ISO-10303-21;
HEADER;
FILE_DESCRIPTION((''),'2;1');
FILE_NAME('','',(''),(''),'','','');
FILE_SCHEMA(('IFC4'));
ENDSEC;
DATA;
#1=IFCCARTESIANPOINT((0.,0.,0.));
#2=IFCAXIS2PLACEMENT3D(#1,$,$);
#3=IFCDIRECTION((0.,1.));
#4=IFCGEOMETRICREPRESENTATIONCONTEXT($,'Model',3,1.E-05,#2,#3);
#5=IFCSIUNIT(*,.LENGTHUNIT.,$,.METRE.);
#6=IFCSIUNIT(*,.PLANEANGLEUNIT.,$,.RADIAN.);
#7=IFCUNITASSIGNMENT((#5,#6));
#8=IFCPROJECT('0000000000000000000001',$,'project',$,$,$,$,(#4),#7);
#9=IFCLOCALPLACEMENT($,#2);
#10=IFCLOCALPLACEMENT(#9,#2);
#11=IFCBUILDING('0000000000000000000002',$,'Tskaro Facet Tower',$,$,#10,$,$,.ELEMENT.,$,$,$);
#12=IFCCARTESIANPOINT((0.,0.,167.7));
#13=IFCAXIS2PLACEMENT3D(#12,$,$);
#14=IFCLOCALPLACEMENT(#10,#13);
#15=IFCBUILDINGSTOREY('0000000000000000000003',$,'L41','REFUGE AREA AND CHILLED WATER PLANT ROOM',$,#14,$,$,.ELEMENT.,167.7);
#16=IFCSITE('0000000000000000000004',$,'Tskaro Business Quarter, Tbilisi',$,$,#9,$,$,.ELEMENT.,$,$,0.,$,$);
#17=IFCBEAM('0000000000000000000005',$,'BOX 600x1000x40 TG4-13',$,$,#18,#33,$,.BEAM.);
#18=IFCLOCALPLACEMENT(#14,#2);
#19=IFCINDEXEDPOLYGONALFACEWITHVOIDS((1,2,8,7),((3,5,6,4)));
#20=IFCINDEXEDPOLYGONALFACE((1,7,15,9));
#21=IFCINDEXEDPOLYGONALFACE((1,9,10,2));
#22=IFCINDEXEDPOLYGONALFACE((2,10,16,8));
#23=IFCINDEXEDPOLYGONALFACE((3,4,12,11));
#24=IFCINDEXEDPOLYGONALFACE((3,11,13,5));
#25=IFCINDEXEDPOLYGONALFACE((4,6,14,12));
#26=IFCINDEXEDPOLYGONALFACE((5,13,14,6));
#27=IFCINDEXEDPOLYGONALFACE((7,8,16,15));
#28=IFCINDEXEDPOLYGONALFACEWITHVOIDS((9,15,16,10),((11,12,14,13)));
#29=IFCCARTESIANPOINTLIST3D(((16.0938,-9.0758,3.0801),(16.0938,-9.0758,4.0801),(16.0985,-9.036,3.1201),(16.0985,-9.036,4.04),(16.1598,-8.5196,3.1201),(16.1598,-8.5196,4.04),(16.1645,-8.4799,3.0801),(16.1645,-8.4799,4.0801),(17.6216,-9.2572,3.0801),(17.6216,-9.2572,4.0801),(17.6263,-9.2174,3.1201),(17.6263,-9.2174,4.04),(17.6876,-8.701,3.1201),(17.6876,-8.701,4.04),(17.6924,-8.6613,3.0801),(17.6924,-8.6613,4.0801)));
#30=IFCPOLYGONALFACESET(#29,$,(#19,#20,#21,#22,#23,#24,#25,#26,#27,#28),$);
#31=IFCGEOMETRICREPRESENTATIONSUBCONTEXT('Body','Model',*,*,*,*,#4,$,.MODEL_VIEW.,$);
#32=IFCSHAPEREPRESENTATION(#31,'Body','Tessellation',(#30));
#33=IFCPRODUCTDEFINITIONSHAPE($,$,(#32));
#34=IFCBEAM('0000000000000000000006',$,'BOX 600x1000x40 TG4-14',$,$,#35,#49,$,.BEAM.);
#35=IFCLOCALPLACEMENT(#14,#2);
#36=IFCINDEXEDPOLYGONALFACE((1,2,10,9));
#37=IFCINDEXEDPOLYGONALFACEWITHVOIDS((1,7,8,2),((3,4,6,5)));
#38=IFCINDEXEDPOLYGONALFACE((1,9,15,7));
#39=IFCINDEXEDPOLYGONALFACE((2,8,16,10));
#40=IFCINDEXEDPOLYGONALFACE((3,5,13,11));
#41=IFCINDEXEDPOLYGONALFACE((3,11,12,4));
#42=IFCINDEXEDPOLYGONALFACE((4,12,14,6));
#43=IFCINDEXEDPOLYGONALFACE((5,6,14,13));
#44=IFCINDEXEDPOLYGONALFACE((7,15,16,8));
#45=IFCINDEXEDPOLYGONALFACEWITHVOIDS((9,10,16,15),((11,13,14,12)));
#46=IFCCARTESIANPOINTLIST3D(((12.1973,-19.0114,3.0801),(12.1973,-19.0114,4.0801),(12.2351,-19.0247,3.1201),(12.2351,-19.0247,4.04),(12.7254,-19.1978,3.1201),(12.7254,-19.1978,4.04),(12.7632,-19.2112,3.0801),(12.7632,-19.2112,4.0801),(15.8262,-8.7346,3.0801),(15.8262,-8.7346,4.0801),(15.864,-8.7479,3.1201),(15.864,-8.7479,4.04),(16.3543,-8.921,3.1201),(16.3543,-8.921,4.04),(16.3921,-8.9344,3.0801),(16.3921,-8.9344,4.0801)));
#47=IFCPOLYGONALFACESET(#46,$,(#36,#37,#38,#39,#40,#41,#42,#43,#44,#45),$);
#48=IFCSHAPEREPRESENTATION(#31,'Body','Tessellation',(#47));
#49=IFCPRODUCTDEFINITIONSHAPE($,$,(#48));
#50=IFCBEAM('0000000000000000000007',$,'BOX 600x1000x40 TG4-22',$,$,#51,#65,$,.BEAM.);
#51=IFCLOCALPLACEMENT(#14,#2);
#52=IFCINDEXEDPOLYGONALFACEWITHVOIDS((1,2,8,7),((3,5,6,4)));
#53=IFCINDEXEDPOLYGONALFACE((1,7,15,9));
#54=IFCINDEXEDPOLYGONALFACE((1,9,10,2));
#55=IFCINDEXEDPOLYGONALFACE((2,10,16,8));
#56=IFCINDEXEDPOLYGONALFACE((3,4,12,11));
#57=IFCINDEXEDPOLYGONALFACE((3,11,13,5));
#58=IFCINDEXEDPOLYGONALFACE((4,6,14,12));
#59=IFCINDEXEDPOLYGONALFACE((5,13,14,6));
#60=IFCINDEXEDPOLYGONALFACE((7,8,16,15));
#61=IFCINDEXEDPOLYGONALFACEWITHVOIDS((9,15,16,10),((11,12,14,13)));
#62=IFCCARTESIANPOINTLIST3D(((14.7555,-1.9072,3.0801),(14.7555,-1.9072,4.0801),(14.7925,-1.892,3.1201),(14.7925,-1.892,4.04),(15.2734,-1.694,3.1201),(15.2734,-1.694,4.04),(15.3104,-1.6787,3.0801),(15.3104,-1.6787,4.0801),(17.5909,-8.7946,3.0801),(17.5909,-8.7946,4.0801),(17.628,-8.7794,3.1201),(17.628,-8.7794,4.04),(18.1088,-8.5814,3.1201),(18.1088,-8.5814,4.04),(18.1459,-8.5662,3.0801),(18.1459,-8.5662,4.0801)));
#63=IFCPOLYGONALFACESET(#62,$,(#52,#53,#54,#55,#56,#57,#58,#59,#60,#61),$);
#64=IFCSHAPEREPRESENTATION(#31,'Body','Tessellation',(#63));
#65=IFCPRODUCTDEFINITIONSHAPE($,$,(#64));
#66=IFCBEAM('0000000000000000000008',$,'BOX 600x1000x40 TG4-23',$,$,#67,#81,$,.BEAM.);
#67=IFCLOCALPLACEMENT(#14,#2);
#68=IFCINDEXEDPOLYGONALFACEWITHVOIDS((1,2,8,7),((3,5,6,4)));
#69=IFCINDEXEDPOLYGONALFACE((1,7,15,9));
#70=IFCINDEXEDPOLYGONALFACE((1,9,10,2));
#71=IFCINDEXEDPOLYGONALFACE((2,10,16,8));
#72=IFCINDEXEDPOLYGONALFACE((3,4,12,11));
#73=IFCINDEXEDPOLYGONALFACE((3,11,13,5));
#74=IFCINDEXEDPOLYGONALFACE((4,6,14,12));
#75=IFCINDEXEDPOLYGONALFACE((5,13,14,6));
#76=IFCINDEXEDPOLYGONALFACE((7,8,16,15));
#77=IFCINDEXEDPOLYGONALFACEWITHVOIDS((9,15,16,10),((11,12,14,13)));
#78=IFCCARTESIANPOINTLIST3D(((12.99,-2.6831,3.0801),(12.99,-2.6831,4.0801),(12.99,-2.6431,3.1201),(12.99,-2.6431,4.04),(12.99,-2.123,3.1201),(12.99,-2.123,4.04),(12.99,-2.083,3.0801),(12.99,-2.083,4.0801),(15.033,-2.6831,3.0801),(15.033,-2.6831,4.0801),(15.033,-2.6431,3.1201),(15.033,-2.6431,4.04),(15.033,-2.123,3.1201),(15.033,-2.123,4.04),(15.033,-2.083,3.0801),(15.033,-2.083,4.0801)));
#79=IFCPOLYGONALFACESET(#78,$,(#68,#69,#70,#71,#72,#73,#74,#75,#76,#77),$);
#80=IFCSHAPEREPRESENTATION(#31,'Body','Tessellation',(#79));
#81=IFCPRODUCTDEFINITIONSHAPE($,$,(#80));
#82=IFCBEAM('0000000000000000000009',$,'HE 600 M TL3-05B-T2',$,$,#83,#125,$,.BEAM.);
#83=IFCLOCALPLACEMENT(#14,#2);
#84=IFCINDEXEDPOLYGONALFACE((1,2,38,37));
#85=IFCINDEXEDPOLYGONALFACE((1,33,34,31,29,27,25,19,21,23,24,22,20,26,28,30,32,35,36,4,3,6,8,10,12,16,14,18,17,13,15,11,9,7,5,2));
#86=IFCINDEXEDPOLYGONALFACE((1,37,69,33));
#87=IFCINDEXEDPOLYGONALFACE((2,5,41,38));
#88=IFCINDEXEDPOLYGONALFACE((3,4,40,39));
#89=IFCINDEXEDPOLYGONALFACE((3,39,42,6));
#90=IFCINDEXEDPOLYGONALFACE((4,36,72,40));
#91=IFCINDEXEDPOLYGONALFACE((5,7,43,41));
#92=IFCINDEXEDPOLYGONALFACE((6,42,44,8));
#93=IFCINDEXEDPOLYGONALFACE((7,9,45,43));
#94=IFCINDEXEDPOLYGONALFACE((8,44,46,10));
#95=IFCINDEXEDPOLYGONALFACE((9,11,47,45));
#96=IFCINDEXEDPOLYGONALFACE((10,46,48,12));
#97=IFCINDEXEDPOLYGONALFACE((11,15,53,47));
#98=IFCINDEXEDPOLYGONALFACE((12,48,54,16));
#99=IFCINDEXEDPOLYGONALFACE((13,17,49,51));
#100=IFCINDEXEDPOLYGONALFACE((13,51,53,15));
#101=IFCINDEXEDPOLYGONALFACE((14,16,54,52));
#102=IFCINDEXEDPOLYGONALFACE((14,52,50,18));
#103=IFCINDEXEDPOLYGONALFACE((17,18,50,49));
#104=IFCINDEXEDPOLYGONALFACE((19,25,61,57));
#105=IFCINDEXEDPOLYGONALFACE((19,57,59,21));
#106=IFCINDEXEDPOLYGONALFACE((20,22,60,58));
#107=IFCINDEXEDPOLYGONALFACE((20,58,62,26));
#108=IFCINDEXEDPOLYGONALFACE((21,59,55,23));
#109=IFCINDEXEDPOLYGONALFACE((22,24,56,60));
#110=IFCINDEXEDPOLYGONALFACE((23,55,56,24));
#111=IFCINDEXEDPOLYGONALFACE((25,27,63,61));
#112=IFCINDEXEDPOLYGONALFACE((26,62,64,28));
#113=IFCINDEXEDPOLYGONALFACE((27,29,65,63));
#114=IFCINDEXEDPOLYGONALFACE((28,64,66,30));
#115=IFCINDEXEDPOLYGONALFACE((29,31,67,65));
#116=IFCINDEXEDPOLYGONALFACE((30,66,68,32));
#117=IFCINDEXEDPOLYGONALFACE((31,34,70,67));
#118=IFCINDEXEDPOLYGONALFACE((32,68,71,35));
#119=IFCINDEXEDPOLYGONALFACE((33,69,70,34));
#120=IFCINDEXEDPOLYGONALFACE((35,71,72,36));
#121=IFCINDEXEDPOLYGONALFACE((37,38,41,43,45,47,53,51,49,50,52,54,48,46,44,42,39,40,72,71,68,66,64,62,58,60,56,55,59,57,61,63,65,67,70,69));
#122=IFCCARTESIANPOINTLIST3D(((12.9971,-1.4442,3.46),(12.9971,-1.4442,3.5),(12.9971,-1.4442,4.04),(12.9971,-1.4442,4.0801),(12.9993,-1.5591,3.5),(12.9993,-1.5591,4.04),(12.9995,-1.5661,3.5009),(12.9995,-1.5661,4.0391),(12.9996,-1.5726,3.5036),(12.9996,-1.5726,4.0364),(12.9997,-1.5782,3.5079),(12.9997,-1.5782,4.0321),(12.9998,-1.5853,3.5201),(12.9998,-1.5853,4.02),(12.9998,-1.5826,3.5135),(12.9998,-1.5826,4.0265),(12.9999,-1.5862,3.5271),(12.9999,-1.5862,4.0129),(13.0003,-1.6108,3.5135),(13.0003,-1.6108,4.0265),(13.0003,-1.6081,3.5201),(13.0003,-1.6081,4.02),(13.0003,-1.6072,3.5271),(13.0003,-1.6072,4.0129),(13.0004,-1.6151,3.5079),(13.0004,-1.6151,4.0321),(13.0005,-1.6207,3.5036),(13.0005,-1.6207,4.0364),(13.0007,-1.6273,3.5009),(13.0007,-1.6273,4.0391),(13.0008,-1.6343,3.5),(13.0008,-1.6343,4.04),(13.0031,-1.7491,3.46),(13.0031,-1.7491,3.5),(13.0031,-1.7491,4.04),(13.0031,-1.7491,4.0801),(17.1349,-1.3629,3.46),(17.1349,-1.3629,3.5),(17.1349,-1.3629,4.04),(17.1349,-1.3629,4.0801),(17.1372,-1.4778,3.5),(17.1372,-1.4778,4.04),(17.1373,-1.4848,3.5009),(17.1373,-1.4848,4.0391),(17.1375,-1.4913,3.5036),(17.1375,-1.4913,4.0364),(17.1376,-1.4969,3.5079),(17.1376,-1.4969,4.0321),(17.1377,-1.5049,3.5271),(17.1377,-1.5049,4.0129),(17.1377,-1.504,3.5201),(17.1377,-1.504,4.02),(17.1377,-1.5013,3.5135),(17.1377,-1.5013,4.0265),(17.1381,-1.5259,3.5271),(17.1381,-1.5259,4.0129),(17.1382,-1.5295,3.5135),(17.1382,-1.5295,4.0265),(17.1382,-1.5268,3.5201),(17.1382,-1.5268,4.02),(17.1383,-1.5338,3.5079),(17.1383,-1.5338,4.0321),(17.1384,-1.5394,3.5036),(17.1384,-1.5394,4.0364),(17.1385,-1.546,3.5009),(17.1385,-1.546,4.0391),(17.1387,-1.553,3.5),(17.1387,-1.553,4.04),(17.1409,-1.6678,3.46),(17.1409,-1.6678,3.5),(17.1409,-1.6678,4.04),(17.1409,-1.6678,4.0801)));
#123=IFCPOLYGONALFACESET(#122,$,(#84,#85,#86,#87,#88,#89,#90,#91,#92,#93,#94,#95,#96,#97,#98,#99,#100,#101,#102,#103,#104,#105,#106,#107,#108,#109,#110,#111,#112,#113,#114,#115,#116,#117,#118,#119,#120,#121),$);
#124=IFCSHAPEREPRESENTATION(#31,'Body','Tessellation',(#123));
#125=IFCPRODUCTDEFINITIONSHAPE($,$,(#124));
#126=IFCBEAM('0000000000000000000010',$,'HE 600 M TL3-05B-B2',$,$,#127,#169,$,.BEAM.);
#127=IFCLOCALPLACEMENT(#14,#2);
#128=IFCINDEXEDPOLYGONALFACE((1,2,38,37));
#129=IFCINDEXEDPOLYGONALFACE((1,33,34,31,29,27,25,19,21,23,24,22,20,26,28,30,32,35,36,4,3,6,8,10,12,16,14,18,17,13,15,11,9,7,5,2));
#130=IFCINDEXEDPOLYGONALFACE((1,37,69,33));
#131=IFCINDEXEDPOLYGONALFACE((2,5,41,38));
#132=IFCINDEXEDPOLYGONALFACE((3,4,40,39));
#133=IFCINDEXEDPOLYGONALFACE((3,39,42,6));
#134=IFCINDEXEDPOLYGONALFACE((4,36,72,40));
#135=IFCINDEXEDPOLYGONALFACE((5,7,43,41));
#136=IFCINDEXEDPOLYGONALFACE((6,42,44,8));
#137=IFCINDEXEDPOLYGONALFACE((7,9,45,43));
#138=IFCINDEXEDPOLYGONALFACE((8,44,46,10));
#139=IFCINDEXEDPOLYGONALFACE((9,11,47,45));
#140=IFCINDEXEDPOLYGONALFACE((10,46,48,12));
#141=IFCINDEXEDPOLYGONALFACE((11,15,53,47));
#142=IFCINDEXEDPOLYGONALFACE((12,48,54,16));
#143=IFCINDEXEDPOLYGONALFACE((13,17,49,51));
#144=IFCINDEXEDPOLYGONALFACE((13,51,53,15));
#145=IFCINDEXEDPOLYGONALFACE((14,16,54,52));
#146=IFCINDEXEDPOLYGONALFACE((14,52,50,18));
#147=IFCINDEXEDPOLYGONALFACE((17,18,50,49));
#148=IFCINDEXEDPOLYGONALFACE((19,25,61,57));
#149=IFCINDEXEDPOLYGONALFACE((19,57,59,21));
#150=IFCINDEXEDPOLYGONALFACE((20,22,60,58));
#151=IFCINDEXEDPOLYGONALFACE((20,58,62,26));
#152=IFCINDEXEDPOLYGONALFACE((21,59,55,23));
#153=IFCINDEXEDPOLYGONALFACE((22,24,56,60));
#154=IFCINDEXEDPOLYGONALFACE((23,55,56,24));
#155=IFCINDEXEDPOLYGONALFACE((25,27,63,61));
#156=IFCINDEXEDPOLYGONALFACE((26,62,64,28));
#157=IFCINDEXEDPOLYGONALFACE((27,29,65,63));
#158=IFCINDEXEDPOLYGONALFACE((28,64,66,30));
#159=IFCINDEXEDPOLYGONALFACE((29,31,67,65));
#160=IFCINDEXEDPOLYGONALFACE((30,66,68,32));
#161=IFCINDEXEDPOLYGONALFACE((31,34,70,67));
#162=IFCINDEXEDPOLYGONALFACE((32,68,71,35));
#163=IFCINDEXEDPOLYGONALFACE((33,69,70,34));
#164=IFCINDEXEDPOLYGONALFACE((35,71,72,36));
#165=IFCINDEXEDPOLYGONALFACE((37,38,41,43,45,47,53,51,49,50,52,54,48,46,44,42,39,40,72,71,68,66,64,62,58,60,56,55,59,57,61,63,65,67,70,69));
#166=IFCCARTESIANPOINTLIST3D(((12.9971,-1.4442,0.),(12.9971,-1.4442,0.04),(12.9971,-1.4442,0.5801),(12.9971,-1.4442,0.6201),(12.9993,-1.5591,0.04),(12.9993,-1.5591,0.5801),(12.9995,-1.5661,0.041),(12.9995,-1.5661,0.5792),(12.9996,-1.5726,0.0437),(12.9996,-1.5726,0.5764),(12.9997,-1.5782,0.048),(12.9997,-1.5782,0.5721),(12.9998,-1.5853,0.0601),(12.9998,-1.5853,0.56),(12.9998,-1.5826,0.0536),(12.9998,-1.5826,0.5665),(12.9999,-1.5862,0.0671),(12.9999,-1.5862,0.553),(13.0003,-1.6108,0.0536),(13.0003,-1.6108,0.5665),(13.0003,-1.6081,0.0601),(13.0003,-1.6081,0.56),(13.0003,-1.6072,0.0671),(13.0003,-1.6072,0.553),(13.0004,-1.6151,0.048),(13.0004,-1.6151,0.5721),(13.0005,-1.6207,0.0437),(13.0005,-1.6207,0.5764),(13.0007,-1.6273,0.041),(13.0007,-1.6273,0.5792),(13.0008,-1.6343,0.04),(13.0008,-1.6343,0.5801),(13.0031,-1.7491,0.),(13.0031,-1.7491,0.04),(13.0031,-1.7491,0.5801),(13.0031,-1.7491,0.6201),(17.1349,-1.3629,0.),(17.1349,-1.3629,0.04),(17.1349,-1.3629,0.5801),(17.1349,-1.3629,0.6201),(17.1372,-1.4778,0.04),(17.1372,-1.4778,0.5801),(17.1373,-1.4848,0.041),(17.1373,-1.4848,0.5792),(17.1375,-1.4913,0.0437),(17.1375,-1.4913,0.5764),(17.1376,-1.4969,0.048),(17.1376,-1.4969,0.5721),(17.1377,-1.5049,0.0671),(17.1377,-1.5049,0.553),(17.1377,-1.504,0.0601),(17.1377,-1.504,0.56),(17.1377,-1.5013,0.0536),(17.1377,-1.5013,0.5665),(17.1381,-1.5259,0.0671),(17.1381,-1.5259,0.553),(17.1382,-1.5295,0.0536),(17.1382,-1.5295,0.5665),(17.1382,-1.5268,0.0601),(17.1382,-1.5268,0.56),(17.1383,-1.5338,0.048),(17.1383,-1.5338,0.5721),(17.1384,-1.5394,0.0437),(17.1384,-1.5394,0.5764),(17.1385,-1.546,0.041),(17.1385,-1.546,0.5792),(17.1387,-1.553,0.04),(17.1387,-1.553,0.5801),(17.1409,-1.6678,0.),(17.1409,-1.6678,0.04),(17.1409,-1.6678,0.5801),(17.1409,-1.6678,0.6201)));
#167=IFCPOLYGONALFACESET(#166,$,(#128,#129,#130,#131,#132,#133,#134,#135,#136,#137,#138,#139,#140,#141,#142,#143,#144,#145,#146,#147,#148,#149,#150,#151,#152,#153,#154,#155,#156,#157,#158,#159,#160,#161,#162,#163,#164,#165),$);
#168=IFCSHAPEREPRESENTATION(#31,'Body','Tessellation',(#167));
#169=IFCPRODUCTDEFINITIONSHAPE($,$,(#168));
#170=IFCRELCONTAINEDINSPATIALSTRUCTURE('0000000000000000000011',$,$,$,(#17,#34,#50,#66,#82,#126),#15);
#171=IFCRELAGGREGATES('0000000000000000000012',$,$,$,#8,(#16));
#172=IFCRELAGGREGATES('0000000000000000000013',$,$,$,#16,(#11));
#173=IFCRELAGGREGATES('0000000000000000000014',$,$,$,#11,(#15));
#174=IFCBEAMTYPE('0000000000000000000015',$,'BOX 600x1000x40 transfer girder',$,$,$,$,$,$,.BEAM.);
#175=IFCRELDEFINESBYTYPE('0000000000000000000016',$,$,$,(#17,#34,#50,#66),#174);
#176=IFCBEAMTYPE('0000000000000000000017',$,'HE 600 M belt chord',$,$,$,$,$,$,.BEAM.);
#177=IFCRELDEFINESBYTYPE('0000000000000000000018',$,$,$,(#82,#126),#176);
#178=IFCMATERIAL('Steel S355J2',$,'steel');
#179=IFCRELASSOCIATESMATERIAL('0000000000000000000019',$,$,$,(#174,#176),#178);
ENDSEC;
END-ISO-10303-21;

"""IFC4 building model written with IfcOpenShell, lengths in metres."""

from ifc_helpers import new_model, si_unit, direction, frame, origin, origin_2d, place, context, subcontext, project, spatial, hollow_rectangle, i_section, extrude, material, material_profile, profile_set, type_object, element, save


model = new_model("IFC4")

# Units and contexts
model_context = context("Model", 3, precision=1e-05, world=origin(), true_north=direction((0.0, 1.0)))
body_context = subcontext(model_context, "Body", "Model", "MODEL_VIEW")
ifc_project = project(units=[si_unit("LENGTHUNIT", "METRE"), si_unit("PLANEANGLEUNIT", "RADIAN")], contexts=[model_context])

# Site, building, storey
site_placement = place(None, origin())
site = spatial("IfcSite", under=ifc_project, at=site_placement, Name="Tskaro Business Quarter, Tbilisi", CompositionType="ELEMENT", RefElevation=0.0)
building_placement = place(site_placement, origin())
building = spatial("IfcBuilding", under=site, at=building_placement, Name="Tskaro Facet Tower", CompositionType="ELEMENT")
storey_placement = place(building_placement, frame((0.0, 0.0, 167.7)))
storey = spatial("IfcBuildingStorey", under=building, at=storey_placement, Name="L41", Description="REFUGE AREA AND CHILLED WATER PLANT ROOM", CompositionType="ELEMENT", Elevation=167.7)

# Beams
ifc_material_1 = material(Name="Steel S355J2", Category="steel")
ifc_material_profile_1 = material_profile(ifc_material_1, hollow_rectangle(XDim=0.6001, YDim=1.0, WallThickness=0.04, at=origin_2d()), Name="BOX 600x1000x40")
ifc_profile_set_1 = profile_set([ifc_material_profile_1], Name="Steel S355J2")
beam_type_1 = type_object("IfcBeamType", Name="BOX 600x1000x40 transfer girder", PredefinedType="BEAM", material=ifc_profile_set_1)
beam_1_placement = place(storey_placement, frame((16.1292, -8.7778, 3.5801), z_axis=(0.993025, -0.1179, 0.0), x_axis=(0.1179, 0.993025, 0.0)))
element("IfcBeam", 1, at=beam_1_placement, inside=storey, type_object=beam_type_1, Name="BOX 600x1000x40 TG4-13", PredefinedType="BEAM", context=body_context, shape_type="SweptSolid", body=[
    extrude(hollow_rectangle(XDim=0.6001, YDim=1.0, WallThickness=0.04, at=origin_2d()), origin(), (0.0, 0.0, 1.0), 1.5386),
])
beam_2_placement = place(storey_placement, frame((16.1091, -8.8345, 3.5801), z_axis=(-0.332965, -0.942939, 0.0), x_axis=(0.942939, -0.332965, 0.0)))
element("IfcBeam", 2, at=beam_2_placement, inside=storey, type_object=beam_type_1, Name="BOX 600x1000x40 TG4-14", PredefinedType="BEAM", context=body_context, shape_type="SweptSolid", body=[
    extrude(hollow_rectangle(XDim=0.6001, YDim=1.0, WallThickness=0.04, at=origin_2d()), origin(), (0.0, 0.0, 1.0), 10.8987),
])
beam_3_placement = place(storey_placement, frame((15.033, -1.793, 3.5801), z_axis=(0.380686, -0.924705, 0.0), x_axis=(0.924705, 0.380686, 0.0)))
element("IfcBeam", 3, at=beam_3_placement, inside=storey, type_object=beam_type_1, Name="BOX 600x1000x40 TG4-22", PredefinedType="BEAM", context=body_context, shape_type="SweptSolid", body=[
    extrude(hollow_rectangle(XDim=0.6001, YDim=1.0, WallThickness=0.04, at=origin_2d()), origin(), (0.0, 0.0, 1.0), 7.4482),
])
beam_4_placement = place(storey_placement, frame((15.033, -2.3831, 3.5801), z_axis=(-1.0, 0.0, 0.0), x_axis=(0.0, -1.0, 0.0)))
element("IfcBeam", 4, at=beam_4_placement, inside=storey, type_object=beam_type_1, Name="BOX 600x1000x40 TG4-23", PredefinedType="BEAM", context=body_context, shape_type="SweptSolid", body=[
    extrude(hollow_rectangle(XDim=0.6001, YDim=1.0, WallThickness=0.04, at=origin_2d()), origin(), (0.0, 0.0, 1.0), 2.043),
])
ifc_material_profile_2 = material_profile(ifc_material_1, i_section(OverallWidth=0.3049, OverallDepth=0.6201, WebThickness=0.021, FlangeThickness=0.04, FilletRadius=0.0271, at=origin_2d()), Name="HE 600 M")
ifc_profile_set_2 = profile_set([ifc_material_profile_2], Name="Steel S355J2")
beam_type_2 = type_object("IfcBeamType", Name="HE 600 M belt chord", PredefinedType="BEAM", material=ifc_profile_set_2)
for number, where, z_axis, x_axis, name in (
    (5, (17.1379, -1.5154, 3.77), (-0.999807, -0.019643, 0.0), (0.019643, -0.999807, 0.0), "HE 600 M TL3-05B-T2"),
    (6, (17.1379, -1.5154, 0.3101), (-0.999807, -0.019643, 0.0), (0.019643, -0.999807, 0.0), "HE 600 M TL3-05B-B2"),
):
    element("IfcBeam", number, at=place(storey_placement, frame(where, z_axis=z_axis, x_axis=x_axis)), inside=storey, type_object=beam_type_2, Name=name, PredefinedType="BEAM", context=body_context, shape_type="SweptSolid", body=[
        extrude(i_section(OverallWidth=0.3049, OverallDepth=0.6201, WebThickness=0.021, FlangeThickness=0.04, FilletRadius=0.0271, at=origin_2d()), origin(), (0.0, 0.0, 1.0), 4.1387),
    ])

save(model, "model.ifc")
